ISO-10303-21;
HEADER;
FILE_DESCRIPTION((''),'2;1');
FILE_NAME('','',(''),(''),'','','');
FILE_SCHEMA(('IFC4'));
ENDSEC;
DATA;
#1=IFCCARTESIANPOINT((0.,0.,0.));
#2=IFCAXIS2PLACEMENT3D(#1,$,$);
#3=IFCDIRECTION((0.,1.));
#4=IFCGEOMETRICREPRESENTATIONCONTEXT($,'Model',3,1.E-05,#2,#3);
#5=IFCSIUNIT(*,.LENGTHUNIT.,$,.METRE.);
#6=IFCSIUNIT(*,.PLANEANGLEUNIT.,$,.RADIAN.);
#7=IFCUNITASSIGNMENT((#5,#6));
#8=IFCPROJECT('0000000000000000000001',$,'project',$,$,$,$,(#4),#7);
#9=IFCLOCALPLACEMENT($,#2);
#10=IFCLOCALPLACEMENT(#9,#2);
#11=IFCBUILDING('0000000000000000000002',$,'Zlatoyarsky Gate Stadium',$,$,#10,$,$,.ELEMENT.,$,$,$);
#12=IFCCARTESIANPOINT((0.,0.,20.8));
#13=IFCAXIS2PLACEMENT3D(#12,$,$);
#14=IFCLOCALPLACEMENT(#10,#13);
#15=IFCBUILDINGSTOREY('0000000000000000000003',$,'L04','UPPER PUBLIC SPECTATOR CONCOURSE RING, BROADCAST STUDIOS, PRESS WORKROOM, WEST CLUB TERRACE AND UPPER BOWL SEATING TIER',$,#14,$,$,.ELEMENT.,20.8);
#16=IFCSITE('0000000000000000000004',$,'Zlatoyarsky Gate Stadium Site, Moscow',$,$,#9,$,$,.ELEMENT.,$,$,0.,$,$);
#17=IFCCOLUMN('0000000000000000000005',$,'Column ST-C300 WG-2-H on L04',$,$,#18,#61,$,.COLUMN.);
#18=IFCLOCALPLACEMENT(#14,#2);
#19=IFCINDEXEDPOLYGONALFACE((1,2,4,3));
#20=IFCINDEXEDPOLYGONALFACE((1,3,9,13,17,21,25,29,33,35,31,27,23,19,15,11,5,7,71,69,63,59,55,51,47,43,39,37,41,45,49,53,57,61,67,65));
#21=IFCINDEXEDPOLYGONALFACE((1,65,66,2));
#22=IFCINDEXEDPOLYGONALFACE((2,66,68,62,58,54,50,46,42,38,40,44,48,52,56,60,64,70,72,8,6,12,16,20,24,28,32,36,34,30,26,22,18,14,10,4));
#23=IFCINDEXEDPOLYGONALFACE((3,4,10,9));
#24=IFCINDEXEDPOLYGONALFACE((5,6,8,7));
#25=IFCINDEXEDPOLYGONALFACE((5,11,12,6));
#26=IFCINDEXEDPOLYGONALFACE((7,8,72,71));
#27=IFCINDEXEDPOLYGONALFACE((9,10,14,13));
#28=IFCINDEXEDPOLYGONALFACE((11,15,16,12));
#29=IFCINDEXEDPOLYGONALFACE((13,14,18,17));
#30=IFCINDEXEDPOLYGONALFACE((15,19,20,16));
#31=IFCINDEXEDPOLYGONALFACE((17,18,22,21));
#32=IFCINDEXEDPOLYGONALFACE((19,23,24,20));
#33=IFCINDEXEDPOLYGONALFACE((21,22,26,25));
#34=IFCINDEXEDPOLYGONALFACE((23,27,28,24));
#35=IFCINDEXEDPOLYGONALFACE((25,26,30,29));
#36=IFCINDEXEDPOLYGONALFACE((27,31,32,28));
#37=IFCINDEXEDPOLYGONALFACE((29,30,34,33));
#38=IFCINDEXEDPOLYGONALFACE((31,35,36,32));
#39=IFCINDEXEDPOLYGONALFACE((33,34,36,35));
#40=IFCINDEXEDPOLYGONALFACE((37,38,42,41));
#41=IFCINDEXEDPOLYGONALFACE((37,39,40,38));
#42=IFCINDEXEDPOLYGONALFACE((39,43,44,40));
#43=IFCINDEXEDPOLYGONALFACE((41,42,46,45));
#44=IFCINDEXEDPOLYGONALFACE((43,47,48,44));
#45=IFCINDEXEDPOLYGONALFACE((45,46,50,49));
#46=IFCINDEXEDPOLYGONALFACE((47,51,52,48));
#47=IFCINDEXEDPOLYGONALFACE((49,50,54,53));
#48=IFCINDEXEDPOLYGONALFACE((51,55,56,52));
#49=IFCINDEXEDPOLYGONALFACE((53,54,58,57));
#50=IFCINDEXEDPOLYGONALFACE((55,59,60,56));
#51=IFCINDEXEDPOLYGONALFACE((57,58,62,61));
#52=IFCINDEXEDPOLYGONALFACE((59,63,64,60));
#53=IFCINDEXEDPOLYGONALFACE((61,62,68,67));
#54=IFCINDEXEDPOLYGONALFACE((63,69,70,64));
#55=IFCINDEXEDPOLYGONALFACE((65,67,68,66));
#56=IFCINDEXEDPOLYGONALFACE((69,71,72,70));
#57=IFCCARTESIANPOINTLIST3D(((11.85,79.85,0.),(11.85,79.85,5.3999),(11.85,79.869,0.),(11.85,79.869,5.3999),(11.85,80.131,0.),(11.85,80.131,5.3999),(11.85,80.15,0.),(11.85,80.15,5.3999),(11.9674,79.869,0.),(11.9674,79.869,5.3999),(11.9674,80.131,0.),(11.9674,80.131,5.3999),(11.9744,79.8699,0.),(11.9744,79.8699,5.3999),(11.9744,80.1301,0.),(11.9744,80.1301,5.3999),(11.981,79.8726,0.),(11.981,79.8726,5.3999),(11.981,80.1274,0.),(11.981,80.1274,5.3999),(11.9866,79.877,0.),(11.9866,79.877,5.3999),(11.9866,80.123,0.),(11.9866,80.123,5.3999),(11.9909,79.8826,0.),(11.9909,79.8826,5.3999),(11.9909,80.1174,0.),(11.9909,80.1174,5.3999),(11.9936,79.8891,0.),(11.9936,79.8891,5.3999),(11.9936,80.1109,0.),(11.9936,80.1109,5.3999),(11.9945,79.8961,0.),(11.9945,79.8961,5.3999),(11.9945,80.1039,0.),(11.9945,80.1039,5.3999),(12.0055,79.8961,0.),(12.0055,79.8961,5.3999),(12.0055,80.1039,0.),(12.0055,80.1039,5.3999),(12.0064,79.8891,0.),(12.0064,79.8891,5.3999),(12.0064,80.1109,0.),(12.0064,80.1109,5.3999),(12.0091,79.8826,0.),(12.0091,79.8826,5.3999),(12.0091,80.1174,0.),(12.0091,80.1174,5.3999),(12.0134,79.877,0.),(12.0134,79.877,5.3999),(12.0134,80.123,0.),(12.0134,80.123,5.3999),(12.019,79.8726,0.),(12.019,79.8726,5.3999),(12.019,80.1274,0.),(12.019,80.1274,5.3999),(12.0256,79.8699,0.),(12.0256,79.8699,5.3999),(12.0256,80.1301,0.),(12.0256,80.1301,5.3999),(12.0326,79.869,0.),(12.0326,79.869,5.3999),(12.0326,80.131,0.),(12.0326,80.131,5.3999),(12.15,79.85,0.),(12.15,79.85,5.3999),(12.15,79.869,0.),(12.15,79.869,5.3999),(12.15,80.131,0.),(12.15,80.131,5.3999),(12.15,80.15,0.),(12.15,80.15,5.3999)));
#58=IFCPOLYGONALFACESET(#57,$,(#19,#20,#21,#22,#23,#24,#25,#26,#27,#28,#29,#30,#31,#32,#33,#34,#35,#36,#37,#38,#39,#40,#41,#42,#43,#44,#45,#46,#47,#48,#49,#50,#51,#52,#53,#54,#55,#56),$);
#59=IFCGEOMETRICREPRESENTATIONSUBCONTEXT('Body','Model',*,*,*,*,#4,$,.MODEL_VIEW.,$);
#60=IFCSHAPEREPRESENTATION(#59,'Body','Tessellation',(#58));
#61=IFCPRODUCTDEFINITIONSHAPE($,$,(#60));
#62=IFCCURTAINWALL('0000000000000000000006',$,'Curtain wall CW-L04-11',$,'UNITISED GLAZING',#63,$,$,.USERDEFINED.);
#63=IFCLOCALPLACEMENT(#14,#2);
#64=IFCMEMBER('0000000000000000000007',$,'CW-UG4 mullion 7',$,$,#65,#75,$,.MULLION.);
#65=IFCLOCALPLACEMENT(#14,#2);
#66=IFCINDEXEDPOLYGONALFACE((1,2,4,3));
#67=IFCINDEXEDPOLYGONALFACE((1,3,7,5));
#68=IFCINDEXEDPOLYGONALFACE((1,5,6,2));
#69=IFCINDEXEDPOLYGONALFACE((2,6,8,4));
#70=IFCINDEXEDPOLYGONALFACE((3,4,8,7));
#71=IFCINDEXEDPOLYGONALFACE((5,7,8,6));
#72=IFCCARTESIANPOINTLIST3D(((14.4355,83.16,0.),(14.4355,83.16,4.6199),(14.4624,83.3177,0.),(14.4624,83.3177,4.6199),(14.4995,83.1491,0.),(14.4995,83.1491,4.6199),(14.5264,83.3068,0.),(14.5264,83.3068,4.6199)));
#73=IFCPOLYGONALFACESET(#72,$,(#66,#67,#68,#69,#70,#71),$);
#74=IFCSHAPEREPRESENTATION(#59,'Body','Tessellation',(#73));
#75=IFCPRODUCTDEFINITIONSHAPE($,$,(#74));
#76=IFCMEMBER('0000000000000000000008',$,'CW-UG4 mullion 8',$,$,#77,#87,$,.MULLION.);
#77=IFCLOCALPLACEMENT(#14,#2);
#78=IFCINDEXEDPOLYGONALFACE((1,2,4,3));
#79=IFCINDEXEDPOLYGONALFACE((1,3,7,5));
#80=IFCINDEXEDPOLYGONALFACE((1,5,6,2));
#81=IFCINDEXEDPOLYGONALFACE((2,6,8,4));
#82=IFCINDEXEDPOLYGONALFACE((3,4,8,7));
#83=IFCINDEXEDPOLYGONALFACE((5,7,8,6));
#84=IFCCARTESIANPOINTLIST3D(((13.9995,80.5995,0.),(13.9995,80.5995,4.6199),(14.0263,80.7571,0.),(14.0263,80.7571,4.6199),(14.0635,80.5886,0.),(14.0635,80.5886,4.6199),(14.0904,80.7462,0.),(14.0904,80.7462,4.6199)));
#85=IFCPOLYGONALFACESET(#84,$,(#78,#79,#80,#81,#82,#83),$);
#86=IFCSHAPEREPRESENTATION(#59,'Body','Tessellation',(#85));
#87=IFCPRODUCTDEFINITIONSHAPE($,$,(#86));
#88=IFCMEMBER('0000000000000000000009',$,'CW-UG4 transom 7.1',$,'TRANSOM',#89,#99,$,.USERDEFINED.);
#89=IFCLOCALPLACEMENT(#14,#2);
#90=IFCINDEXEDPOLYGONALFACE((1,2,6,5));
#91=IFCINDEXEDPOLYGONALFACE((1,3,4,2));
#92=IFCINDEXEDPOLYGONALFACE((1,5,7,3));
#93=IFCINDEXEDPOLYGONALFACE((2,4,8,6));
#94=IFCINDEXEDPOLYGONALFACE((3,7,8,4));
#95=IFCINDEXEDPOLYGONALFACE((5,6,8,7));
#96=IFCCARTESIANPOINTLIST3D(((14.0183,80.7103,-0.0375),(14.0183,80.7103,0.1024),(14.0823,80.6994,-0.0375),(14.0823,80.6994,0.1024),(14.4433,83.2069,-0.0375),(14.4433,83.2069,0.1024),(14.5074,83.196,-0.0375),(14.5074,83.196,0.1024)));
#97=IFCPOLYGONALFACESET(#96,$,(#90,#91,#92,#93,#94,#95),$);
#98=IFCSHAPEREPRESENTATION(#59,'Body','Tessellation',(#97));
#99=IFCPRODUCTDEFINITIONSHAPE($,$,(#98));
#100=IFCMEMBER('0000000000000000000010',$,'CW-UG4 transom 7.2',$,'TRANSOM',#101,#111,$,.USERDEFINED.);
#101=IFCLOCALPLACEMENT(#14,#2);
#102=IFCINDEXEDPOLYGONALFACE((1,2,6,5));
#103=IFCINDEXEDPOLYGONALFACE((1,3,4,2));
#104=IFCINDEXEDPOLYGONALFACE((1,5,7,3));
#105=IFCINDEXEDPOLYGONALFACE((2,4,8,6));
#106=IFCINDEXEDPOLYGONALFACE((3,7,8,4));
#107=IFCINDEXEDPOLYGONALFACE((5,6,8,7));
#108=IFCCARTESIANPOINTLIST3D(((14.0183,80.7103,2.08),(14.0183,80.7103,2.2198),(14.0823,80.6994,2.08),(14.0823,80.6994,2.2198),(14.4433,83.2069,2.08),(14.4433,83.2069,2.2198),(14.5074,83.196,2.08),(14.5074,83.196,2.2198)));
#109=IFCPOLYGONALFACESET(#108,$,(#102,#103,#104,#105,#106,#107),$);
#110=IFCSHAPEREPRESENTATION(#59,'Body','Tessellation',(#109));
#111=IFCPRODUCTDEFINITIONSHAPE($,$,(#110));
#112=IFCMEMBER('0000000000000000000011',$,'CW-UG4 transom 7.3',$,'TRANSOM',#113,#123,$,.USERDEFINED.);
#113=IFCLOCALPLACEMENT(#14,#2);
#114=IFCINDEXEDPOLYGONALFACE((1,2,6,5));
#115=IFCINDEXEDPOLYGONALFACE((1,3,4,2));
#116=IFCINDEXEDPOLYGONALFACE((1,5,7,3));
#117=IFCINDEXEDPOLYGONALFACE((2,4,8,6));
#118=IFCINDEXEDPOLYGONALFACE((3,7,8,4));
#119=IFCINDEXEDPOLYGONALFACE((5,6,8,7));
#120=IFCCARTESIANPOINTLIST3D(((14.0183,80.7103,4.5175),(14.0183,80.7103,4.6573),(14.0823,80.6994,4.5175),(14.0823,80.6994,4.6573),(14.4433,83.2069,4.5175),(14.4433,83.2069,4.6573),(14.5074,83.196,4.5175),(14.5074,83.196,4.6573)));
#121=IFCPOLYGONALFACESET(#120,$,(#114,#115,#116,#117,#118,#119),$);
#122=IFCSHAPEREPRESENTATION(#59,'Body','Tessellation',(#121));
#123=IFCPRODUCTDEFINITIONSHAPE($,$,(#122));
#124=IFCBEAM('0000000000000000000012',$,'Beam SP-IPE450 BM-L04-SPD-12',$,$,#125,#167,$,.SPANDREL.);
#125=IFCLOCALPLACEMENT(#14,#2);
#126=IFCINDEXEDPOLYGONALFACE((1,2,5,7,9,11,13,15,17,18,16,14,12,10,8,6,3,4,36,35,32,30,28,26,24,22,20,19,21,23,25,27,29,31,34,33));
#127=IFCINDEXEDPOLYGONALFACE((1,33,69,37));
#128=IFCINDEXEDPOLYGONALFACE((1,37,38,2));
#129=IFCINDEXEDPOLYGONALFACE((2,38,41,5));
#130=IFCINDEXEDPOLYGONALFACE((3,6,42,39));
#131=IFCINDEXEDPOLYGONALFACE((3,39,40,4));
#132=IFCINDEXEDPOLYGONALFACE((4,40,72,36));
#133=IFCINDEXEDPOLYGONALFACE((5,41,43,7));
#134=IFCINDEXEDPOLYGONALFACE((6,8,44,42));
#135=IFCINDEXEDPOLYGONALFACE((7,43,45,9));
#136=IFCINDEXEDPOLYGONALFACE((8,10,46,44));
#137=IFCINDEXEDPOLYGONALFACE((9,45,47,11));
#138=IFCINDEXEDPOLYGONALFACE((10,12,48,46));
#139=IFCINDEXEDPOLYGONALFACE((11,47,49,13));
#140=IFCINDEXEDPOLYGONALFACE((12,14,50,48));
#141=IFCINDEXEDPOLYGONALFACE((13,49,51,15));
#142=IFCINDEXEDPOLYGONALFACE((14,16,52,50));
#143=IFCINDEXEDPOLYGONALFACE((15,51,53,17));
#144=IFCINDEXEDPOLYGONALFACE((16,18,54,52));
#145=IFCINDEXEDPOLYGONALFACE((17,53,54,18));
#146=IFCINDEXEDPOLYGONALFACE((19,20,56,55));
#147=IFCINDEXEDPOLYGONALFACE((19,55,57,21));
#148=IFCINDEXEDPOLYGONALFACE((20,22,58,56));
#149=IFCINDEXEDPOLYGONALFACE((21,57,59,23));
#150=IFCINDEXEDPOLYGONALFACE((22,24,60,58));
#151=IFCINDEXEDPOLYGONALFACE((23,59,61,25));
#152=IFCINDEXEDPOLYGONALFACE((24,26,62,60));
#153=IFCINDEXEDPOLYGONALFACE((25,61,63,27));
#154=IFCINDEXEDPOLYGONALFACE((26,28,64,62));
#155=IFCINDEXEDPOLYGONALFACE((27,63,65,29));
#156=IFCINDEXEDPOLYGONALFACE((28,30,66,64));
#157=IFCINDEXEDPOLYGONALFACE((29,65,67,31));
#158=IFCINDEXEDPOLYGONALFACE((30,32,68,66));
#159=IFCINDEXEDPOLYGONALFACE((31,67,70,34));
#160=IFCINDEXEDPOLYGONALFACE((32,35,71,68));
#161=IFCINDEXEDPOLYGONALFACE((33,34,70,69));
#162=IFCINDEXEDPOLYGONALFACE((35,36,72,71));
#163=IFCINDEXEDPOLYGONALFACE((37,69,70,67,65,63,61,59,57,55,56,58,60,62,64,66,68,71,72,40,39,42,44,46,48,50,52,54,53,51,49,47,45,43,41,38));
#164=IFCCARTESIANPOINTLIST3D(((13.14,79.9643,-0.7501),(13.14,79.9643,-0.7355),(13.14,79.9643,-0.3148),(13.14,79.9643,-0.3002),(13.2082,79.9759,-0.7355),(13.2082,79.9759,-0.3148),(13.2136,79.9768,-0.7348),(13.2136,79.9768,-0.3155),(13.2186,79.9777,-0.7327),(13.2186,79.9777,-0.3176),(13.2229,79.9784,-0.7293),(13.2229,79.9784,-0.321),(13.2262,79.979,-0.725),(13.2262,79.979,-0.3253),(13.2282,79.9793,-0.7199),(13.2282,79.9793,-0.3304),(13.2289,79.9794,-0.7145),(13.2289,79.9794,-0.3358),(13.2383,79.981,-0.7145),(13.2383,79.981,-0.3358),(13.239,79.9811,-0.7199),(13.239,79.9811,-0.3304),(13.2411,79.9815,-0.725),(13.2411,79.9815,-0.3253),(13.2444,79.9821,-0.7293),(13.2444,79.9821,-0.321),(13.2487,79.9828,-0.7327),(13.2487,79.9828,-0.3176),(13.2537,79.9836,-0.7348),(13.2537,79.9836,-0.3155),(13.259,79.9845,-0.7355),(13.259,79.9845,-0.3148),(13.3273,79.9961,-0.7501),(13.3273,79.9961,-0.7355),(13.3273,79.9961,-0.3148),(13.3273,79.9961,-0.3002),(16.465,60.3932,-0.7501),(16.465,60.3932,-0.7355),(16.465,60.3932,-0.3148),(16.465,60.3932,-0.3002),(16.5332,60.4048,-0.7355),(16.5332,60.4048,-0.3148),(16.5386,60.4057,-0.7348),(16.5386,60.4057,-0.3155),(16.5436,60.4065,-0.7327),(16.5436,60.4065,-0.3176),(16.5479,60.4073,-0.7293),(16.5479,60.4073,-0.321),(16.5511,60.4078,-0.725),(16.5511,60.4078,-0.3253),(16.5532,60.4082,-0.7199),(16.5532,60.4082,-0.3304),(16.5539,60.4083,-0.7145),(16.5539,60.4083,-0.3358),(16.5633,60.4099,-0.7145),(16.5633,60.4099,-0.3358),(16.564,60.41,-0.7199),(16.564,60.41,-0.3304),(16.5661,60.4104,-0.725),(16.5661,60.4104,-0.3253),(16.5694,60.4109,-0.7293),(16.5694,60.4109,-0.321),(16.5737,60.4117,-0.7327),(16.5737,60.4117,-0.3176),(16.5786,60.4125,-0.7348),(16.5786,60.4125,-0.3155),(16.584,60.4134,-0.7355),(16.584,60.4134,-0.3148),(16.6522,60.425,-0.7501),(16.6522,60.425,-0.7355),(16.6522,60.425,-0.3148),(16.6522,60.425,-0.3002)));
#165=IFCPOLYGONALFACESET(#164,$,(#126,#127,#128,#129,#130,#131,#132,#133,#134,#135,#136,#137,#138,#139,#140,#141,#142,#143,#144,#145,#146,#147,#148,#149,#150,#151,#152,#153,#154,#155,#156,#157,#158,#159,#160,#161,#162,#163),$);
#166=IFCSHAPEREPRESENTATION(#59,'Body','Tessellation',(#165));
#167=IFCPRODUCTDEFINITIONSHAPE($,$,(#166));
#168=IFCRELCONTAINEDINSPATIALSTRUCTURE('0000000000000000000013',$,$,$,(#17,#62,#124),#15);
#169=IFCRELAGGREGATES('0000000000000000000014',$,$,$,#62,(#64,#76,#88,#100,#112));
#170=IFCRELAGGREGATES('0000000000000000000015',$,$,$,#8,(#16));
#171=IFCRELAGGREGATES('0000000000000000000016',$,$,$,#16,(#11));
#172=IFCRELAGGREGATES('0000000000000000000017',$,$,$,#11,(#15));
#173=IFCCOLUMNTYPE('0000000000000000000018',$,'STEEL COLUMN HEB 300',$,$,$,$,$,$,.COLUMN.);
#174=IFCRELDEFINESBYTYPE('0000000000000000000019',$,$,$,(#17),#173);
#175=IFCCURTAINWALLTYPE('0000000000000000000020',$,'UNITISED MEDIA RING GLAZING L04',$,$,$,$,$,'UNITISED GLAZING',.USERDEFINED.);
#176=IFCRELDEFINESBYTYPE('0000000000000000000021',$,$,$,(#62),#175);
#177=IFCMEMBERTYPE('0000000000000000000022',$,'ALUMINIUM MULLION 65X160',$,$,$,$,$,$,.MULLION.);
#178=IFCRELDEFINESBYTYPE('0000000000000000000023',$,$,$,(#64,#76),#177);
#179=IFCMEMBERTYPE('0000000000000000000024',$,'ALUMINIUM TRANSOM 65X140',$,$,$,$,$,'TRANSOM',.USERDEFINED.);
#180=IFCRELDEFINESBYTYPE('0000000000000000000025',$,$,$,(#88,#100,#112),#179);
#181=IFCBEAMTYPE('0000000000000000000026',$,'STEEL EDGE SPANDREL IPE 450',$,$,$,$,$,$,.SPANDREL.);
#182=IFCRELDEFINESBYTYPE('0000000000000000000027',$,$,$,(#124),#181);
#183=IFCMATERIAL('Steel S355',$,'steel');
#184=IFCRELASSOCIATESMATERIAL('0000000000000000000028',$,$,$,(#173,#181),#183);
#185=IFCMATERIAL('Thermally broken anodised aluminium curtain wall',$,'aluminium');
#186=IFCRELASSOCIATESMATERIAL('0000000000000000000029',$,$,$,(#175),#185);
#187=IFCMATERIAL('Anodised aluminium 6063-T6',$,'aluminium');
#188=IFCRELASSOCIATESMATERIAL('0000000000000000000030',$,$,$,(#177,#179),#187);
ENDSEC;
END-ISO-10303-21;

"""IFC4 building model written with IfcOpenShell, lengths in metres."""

from ifc_helpers import new_model, si_unit, direction, frame, origin, origin_2d, place, context, subcontext, project, spatial, rectangle, i_section, extrude, material, material_profile, profile_set, type_object, element, aggregate, save


model = new_model("IFC4")

# Units and contexts
model_context = context("Model", 3, precision=1e-05, world=origin(), true_north=direction((0.0, 1.0)))
body_context = subcontext(model_context, "Body", "Model", "MODEL_VIEW")
ifc_project = project(units=[si_unit("LENGTHUNIT", "METRE"), si_unit("PLANEANGLEUNIT", "RADIAN")], contexts=[model_context])

# Site, building, storey
site_placement = place(None, origin())
site = spatial("IfcSite", under=ifc_project, at=site_placement, Name="Zlatoyarsky Gate Stadium Site, Moscow", CompositionType="ELEMENT", RefElevation=0.0)
building_placement = place(site_placement, origin())
building = spatial("IfcBuilding", under=site, at=building_placement, Name="Zlatoyarsky Gate Stadium", CompositionType="ELEMENT")
storey_placement = place(building_placement, frame((0.0, 0.0, 20.8)))
storey = spatial("IfcBuildingStorey", under=building, at=storey_placement, Name="L04", Description="UPPER PUBLIC SPECTATOR CONCOURSE RING, BROADCAST STUDIOS, PRESS WORKROOM, WEST CLUB TERRACE AND UPPER BOWL SEATING TIER", CompositionType="ELEMENT", Elevation=20.8)

# Column
ifc_material_1 = material(Name="Steel S355", Category="steel")
ifc_material_profile_1 = material_profile(ifc_material_1, i_section(OverallWidth=0.3, OverallDepth=0.3, WebThickness=0.011, FlangeThickness=0.019, FilletRadius=0.0271, at=origin_2d()), Name="HEB 300")
ifc_profile_set_1 = profile_set([ifc_material_profile_1], Name="Steel S355")
column_type = type_object("IfcColumnType", Name="STEEL COLUMN HEB 300", PredefinedType="COLUMN", material=ifc_profile_set_1)
column_placement = place(storey_placement, frame((12.0, 80.0, 0.0), z_axis=(0.0, 0.0, 1.0), x_axis=(1.0, 0.0, 0.0)))
element("IfcColumn", 1, at=column_placement, inside=storey, type_object=column_type, Name="Column ST-C300 WG-2-H on L04", PredefinedType="COLUMN", context=body_context, shape_type="SweptSolid", body=[
    extrude(i_section(OverallWidth=0.3, OverallDepth=0.3, WebThickness=0.011, FlangeThickness=0.019, FilletRadius=0.0271, at=origin_2d()), origin(), (0.0, 0.0, 1.0), 5.3999),
])

# Curtain wall, members
ifc_material_2 = material(Name="Thermally broken anodised aluminium curtain wall", Category="aluminium")
curtain_wall_type = type_object("IfcCurtainWallType", Name="UNITISED MEDIA RING GLAZING L04", ElementType="UNITISED GLAZING", PredefinedType="USERDEFINED", material=ifc_material_2)
curtain_wall_placement = place(storey_placement, origin())
curtain_wall = element("IfcCurtainWall", 2, at=curtain_wall_placement, inside=storey, type_object=curtain_wall_type, Name="Curtain wall CW-L04-11", ObjectType="UNITISED GLAZING", PredefinedType="USERDEFINED")
ifc_material_3 = material(Name="Anodised aluminium 6063-T6", Category="aluminium")
ifc_material_profile_2 = material_profile(ifc_material_3, rectangle(XDim=0.0649, YDim=0.1599, at=origin_2d()), Name="ALU 65X160")
ifc_profile_set_2 = profile_set([ifc_material_profile_2], Name="Anodised aluminium 6063-T6")
member_type_1 = type_object("IfcMemberType", Name="ALUMINIUM MULLION 65X160", PredefinedType="MULLION", material=ifc_profile_set_2)
member_1_placement = place(storey_placement, frame((14.481, 83.2334, 0.0), z_axis=(0.0, 0.0, 1.0), x_axis=(0.985817, -0.167821, 0.0)))
member_1 = element("IfcMember", 3, at=member_1_placement, type_object=member_type_1, Name="CW-UG4 mullion 7", PredefinedType="MULLION", context=body_context, shape_type="SweptSolid", body=[
    extrude(rectangle(XDim=0.0649, YDim=0.1599, at=origin_2d()), origin(), (0.0, 0.0, 1.0), 4.6199),
])
member_2_placement = place(storey_placement, frame((14.0449, 80.6729, 0.0), z_axis=(0.0, 0.0, 1.0), x_axis=(0.985817, -0.167821, 0.0)))
member_2 = element("IfcMember", 4, at=member_2_placement, type_object=member_type_1, Name="CW-UG4 mullion 8", PredefinedType="MULLION", context=body_context, shape_type="SweptSolid", body=[
    extrude(rectangle(XDim=0.0649, YDim=0.1599, at=origin_2d()), origin(), (0.0, 0.0, 1.0), 4.6199),
])
ifc_material_profile_3 = material_profile(ifc_material_3, rectangle(XDim=0.0649, YDim=0.1399, at=origin_2d()), Name="ALU 65X140")
ifc_profile_set_3 = profile_set([ifc_material_profile_3], Name="Anodised aluminium 6063-T6")
member_type_2 = type_object("IfcMemberType", Name="ALUMINIUM TRANSOM 65X140", ElementType="TRANSOM", PredefinedType="USERDEFINED", material=ifc_profile_set_3)
member_3_placement = place(storey_placement, frame((14.4753, 83.2014, 0.0325), z_axis=(-0.167837, -0.985815, 0.0), x_axis=(0.985815, -0.167837, 0.0)))
member_3 = element("IfcMember", 5, at=member_3_placement, type_object=member_type_2, Name="CW-UG4 transom 7.1", ObjectType="TRANSOM", PredefinedType="USERDEFINED", context=body_context, shape_type="SweptSolid", body=[
    extrude(rectangle(XDim=0.0649, YDim=0.1399, at=origin_2d()), origin(), (0.0, 0.0, 1.0), 2.5325),
])
member_4_placement = place(storey_placement, frame((14.4753, 83.2014, 2.1499), z_axis=(-0.167837, -0.985815, 0.0), x_axis=(0.985815, -0.167837, 0.0)))
member_4 = element("IfcMember", 6, at=member_4_placement, type_object=member_type_2, Name="CW-UG4 transom 7.2", ObjectType="TRANSOM", PredefinedType="USERDEFINED", context=body_context, shape_type="SweptSolid", body=[
    extrude(rectangle(XDim=0.0649, YDim=0.1399, at=origin_2d()), origin(), (0.0, 0.0, 1.0), 2.5325),
])
member_5_placement = place(storey_placement, frame((14.4753, 83.2014, 4.5874), z_axis=(-0.167837, -0.985815, 0.0), x_axis=(0.985815, -0.167837, 0.0)))
member_5 = element("IfcMember", 7, at=member_5_placement, type_object=member_type_2, Name="CW-UG4 transom 7.3", ObjectType="TRANSOM", PredefinedType="USERDEFINED", context=body_context, shape_type="SweptSolid", body=[
    extrude(rectangle(XDim=0.0649, YDim=0.1399, at=origin_2d()), origin(), (0.0, 0.0, 1.0), 2.5325),
])

# Beam
ifc_material_profile_4 = material_profile(ifc_material_1, i_section(OverallWidth=0.1899, OverallDepth=0.45, WebThickness=0.0095, FlangeThickness=0.0146, FilletRadius=0.021, at=origin_2d()), Name="IPE 450")
ifc_profile_set_4 = profile_set([ifc_material_profile_4], Name="Steel S355")
beam_type_1 = type_object("IfcBeamType", Name="STEEL EDGE SPANDREL IPE 450", PredefinedType="SPANDREL", material=ifc_profile_set_4)
beam_1_placement = place(storey_placement, frame((13.2336, 79.9802, -0.5251), z_axis=(0.167491, -0.985874, 0.0), x_axis=(0.985874, 0.167491, 0.0)))
element("IfcBeam", 8, at=beam_1_placement, inside=storey, type_object=beam_type_1, Name="Beam SP-IPE450 BM-L04-SPD-12", PredefinedType="SPANDREL", context=body_context, shape_type="SweptSolid", body=[
    extrude(i_section(OverallWidth=0.1899, OverallDepth=0.45, WebThickness=0.0095, FlangeThickness=0.0146, FilletRadius=0.021, at=origin_2d()), origin(), (0.0, 0.0, 1.0), 19.8516),
])

aggregate(curtain_wall, [member_1, member_2, member_3, member_4, member_5])

save(model, "model.ifc")
